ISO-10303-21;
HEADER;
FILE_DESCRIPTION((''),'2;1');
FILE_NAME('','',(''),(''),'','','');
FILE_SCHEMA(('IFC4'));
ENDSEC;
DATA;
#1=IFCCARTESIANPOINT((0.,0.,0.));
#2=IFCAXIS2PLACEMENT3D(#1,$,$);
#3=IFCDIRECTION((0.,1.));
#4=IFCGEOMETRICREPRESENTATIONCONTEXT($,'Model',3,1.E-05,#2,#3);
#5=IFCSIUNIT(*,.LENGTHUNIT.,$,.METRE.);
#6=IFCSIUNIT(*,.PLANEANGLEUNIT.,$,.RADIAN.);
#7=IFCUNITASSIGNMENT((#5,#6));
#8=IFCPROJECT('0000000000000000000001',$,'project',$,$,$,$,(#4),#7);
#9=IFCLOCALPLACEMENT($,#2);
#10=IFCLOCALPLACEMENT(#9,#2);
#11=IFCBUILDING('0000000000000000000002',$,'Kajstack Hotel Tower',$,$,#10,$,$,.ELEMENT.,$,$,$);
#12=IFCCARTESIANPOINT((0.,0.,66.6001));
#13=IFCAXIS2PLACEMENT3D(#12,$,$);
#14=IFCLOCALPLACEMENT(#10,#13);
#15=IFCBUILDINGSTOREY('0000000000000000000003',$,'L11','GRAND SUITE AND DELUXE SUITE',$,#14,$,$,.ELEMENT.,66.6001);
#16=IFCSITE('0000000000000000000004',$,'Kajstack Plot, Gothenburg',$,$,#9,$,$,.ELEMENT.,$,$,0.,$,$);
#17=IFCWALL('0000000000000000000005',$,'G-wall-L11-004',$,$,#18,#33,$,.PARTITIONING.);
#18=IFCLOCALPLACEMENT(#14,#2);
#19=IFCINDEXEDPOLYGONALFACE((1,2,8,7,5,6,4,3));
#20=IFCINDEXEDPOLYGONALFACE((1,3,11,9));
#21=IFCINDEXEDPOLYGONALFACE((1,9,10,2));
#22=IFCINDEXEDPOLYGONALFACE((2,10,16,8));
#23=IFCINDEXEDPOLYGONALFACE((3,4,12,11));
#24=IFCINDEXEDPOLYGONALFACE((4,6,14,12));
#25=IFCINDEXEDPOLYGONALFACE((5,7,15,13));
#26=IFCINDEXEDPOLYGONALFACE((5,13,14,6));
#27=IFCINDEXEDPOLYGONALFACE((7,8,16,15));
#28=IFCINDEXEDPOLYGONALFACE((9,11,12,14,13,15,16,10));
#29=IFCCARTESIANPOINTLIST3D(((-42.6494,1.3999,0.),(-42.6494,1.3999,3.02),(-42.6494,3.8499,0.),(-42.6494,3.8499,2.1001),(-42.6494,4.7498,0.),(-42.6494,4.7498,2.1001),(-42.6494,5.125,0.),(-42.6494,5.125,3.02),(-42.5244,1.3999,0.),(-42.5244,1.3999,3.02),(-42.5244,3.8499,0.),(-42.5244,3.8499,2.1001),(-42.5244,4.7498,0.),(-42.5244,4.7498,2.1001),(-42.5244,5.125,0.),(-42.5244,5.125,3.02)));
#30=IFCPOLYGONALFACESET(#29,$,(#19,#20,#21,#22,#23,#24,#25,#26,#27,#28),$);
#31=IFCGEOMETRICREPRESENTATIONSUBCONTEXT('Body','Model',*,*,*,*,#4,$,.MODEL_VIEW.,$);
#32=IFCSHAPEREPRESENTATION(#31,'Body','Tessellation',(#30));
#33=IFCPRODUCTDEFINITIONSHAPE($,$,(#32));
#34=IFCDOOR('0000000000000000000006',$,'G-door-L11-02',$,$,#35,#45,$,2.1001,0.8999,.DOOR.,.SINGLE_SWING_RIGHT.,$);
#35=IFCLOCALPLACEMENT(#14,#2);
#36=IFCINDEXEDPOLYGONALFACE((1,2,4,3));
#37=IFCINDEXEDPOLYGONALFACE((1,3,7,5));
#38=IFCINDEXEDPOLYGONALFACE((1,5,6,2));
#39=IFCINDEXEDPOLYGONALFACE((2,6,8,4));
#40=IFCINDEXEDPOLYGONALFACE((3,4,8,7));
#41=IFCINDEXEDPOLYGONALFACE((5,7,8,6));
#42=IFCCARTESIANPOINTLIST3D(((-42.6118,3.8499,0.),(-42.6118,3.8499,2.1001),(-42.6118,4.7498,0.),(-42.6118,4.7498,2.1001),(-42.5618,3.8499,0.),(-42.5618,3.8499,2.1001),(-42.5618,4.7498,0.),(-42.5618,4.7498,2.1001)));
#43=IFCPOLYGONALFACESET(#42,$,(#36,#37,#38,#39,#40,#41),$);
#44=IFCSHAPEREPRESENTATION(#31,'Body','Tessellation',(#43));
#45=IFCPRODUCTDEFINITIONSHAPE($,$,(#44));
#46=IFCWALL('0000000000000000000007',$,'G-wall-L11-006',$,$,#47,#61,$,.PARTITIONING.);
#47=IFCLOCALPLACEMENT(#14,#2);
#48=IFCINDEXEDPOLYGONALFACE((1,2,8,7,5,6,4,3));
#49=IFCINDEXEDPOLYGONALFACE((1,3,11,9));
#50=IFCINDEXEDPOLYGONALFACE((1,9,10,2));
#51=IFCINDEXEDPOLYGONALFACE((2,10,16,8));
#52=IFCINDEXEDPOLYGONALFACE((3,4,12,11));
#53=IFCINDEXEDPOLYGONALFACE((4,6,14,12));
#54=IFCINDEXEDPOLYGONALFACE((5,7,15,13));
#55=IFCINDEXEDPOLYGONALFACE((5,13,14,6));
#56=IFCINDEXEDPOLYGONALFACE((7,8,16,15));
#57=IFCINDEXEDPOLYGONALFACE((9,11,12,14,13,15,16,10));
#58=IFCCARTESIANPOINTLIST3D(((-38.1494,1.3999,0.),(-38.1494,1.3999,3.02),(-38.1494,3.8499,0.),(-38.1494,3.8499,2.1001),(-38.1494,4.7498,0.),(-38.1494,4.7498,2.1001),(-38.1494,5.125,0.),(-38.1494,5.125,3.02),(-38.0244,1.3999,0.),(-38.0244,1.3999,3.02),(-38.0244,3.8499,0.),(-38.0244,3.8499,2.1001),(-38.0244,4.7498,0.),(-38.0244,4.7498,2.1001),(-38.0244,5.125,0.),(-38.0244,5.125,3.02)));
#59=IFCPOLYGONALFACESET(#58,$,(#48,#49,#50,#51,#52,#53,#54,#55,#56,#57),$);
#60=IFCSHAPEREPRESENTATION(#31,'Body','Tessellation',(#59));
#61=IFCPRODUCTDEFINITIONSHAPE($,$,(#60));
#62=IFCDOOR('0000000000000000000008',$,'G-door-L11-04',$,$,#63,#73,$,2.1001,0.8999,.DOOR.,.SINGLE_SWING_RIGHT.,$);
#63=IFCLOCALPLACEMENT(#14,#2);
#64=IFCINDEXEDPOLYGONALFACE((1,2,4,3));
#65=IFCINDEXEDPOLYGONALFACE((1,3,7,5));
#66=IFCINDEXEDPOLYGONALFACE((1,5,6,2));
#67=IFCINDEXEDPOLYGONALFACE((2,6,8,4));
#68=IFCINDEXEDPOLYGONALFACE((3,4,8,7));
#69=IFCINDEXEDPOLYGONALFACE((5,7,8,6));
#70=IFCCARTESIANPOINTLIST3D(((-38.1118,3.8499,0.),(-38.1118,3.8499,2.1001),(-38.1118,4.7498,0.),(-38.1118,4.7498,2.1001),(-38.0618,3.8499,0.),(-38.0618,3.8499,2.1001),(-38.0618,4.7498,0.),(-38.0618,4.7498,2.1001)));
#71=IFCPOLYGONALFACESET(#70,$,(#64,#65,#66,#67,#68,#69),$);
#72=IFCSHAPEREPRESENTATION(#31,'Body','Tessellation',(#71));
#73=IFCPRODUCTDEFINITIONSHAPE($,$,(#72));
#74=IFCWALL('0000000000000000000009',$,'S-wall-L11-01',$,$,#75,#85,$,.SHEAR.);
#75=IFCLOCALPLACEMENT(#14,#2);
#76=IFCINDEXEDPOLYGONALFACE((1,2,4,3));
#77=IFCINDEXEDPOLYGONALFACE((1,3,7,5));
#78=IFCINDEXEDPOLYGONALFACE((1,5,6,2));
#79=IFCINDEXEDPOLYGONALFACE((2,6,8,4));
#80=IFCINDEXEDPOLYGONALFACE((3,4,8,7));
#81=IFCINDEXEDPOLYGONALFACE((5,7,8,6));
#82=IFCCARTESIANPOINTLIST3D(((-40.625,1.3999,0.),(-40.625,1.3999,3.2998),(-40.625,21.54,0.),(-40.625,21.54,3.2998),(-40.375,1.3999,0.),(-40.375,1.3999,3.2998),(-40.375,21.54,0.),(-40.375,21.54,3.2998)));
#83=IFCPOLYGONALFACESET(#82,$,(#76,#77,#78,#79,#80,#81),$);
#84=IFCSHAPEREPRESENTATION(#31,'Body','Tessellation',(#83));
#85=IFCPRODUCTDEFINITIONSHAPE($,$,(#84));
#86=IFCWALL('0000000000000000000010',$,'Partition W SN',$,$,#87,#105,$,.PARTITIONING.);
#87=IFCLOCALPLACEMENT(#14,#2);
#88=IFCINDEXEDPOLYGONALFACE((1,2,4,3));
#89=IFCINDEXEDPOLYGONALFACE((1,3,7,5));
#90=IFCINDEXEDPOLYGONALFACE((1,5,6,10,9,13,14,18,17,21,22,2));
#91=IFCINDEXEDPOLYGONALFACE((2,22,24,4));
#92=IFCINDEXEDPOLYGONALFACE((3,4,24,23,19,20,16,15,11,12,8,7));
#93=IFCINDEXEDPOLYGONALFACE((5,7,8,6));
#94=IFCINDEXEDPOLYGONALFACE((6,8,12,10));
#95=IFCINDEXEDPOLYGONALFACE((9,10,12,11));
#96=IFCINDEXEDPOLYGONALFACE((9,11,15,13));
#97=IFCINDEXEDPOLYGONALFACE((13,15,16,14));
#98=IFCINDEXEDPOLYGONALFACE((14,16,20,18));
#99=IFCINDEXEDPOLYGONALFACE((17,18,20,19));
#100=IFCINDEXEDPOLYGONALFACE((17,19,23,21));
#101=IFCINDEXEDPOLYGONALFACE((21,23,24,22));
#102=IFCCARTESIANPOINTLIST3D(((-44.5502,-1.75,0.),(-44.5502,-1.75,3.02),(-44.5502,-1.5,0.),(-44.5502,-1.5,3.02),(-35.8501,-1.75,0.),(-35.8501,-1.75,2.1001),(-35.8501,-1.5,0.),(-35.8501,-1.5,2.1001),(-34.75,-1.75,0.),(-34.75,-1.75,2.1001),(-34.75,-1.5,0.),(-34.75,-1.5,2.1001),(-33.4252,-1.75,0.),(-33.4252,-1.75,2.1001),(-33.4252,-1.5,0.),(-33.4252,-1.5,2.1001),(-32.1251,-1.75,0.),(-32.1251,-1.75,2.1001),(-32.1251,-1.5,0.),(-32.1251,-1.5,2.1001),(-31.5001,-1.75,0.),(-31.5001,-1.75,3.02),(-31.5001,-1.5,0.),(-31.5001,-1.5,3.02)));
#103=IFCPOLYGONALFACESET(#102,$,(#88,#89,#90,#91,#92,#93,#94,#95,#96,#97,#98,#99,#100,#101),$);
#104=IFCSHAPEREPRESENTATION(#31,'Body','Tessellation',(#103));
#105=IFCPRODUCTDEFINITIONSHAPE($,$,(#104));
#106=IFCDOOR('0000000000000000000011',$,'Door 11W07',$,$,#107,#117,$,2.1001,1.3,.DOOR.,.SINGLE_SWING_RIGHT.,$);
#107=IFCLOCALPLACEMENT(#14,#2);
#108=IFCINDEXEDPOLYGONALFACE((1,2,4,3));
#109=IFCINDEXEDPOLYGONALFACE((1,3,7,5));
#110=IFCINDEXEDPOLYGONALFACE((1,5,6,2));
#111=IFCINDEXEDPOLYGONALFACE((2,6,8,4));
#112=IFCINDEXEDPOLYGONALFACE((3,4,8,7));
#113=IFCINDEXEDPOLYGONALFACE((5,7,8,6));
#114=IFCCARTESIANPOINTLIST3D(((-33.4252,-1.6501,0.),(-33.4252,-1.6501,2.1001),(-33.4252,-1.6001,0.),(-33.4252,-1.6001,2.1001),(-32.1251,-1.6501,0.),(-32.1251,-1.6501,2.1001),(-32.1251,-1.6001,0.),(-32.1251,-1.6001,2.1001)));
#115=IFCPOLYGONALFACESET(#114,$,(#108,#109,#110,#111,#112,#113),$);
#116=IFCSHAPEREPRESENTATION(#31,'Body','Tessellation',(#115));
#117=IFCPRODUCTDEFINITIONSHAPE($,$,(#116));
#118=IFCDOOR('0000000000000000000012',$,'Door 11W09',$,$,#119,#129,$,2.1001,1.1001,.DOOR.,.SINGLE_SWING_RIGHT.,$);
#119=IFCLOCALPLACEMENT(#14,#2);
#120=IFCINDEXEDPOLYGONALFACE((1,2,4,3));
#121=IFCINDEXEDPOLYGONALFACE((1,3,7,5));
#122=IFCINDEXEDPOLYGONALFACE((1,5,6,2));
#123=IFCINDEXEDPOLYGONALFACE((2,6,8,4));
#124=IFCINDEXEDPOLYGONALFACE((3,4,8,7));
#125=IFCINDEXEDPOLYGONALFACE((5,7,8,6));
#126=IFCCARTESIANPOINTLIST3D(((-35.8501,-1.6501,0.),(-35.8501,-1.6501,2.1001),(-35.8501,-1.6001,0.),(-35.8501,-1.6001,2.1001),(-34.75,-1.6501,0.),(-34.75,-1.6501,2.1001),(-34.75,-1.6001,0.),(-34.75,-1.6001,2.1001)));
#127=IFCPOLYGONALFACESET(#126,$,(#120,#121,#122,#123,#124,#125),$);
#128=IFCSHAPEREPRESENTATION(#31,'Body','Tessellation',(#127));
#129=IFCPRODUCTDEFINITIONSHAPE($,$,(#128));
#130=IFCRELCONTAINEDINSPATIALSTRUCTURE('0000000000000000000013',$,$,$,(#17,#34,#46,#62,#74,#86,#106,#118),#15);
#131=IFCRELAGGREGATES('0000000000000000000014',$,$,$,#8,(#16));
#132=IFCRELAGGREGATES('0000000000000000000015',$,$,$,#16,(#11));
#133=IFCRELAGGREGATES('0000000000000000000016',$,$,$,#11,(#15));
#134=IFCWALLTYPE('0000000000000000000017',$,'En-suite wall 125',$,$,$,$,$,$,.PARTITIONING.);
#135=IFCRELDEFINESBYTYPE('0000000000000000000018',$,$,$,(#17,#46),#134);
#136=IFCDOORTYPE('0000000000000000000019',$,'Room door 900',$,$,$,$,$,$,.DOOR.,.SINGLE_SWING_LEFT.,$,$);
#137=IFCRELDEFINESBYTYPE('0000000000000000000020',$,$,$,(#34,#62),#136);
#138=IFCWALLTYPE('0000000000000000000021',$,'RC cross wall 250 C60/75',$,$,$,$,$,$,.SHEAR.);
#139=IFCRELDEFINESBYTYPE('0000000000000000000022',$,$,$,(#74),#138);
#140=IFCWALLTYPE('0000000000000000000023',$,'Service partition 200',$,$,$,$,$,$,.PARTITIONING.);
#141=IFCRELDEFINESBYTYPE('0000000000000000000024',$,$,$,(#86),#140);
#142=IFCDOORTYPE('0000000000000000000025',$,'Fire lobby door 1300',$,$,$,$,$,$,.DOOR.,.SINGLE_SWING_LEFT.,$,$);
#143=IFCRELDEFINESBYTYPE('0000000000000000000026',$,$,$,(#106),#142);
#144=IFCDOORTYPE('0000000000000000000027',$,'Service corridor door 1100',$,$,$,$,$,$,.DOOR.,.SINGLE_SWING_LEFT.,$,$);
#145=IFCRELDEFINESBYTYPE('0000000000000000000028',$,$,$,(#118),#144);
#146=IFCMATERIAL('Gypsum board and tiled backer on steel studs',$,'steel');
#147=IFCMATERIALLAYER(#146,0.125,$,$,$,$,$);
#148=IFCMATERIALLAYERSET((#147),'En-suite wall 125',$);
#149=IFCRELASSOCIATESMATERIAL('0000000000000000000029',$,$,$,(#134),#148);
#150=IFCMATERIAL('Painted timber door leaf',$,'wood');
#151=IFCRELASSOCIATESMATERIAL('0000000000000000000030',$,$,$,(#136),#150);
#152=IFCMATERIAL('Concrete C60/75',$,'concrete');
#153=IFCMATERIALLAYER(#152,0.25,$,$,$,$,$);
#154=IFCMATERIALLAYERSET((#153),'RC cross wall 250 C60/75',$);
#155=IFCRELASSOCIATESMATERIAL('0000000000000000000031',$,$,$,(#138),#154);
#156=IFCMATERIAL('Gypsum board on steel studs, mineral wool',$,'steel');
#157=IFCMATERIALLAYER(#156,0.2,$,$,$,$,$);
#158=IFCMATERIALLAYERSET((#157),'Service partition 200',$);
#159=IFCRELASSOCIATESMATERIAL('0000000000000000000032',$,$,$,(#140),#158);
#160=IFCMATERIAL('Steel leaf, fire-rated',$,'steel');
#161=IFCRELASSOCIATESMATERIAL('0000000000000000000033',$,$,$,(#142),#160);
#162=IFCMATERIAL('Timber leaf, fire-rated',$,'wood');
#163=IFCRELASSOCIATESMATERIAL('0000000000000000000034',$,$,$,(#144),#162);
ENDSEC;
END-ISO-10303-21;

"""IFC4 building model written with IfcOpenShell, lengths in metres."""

from ifc_helpers import new_model, si_unit, direction, frame, frame_2d, origin, place, context, subcontext, project, spatial, rectangle, extrude, material, layer, layer_set, type_object, element, fill, save


model = new_model("IFC4")

# Units and contexts
model_context = context("Model", 3, precision=1e-05, world=origin(), true_north=direction((0.0, 1.0)))
body_context = subcontext(model_context, "Body", "Model", "MODEL_VIEW")
ifc_project = project(units=[si_unit("LENGTHUNIT", "METRE"), si_unit("PLANEANGLEUNIT", "RADIAN")], contexts=[model_context])

# Site, building, storey
site_placement = place(None, origin())
site = spatial("IfcSite", under=ifc_project, at=site_placement, Name="Kajstack Plot, Gothenburg", CompositionType="ELEMENT", RefElevation=0.0)
building_placement = place(site_placement, origin())
building = spatial("IfcBuilding", under=site, at=building_placement, Name="Kajstack Hotel Tower", CompositionType="ELEMENT")
storey_placement = place(building_placement, frame((0.0, 0.0, 66.6001)))
storey = spatial("IfcBuildingStorey", under=building, at=storey_placement, Name="L11", Description="GRAND SUITE AND DELUXE SUITE", CompositionType="ELEMENT", Elevation=66.6001)

# Shared definitions
ifc_material_1 = material(Name="Gypsum board on steel studs, mineral wool", Category="steel")

# Walls, openings, doors
ifc_material_2 = material(Name="Gypsum board and tiled backer on steel studs", Category="steel")
ifc_layer_1 = layer(ifc_material_2, 0.125)
ifc_layer_set_1 = layer_set([ifc_layer_1], Name="En-suite wall 125")
wall_type_1 = type_object("IfcWallType", Name="En-suite wall 125", PredefinedType="PARTITIONING", material=ifc_layer_set_1)
wall_1_placement = place(storey_placement, frame((-42.5869, 1.3999, 0.0), z_axis=(0.0, 0.0, 1.0), x_axis=(0.0, 1.0, 0.0)))
wall_1 = element("IfcWall", 1, at=wall_1_placement, inside=storey, type_object=wall_type_1, Name="G-wall-L11-004", PredefinedType="PARTITIONING", context=body_context, shape_type="SweptSolid", body=[
    extrude(rectangle(XDim=3.7251, YDim=0.125, at=frame_2d((1.8625, 0.0))), origin(), (0.0, 0.0, 1.0), 3.02),
])
opening_1_placement = place(wall_1_placement, frame((2.45, 0.0, 0.0)))
opening_1 = element("IfcOpeningElement", 2, at=opening_1_placement, cuts=wall_1, PredefinedType="OPENING", context=body_context, shape_type="SweptSolid", body=[
    extrude(rectangle(XDim=0.8999, YDim=2.1001, at=frame_2d((0.45, 1.05))), frame((0.0, 0.0725, 0.0), z_axis=(0.0, -1.0, 0.0), x_axis=(1.0, 0.0, 0.0)), (0.0, 0.0, 1.0), 0.145),
])
ifc_material_3 = material(Name="Painted timber door leaf", Category="wood")
door_type_1 = type_object("IfcDoorType", Name="Room door 900", OperationType="SINGLE_SWING_LEFT", PredefinedType="DOOR", material=ifc_material_3)
door_1_placement = place(opening_1_placement, origin())
door_1 = element("IfcDoor", 3, at=door_1_placement, inside=storey, type_object=door_type_1, Name="G-door-L11-02", OperationType="SINGLE_SWING_RIGHT", OverallHeight=2.1001, OverallWidth=0.8999, PredefinedType="DOOR", context=body_context, shape_type="SweptSolid", body=[
    extrude(rectangle(XDim=0.8999, YDim=2.1001, at=frame_2d((0.45, 1.05))), frame((0.0, 0.0249, 0.0), z_axis=(0.0, -1.0, 0.0), x_axis=(1.0, 0.0, 0.0)), (0.0, 0.0, 1.0), 0.05),
])
fill(opening_1, door_1)
wall_2_placement = place(storey_placement, frame((-38.0869, 1.3999, 0.0), z_axis=(0.0, 0.0, 1.0), x_axis=(0.0, 1.0, 0.0)))
wall_2 = element("IfcWall", 4, at=wall_2_placement, inside=storey, type_object=wall_type_1, Name="G-wall-L11-006", PredefinedType="PARTITIONING", context=body_context, shape_type="SweptSolid", body=[
    extrude(rectangle(XDim=3.7251, YDim=0.125, at=frame_2d((1.8625, 0.0))), origin(), (0.0, 0.0, 1.0), 3.02),
])
opening_2_placement = place(wall_2_placement, frame((2.45, 0.0, 0.0)))
opening_2 = element("IfcOpeningElement", 5, at=opening_2_placement, cuts=wall_2, PredefinedType="OPENING", context=body_context, shape_type="SweptSolid", body=[
    extrude(rectangle(XDim=0.8999, YDim=2.1001, at=frame_2d((0.45, 1.05))), frame((0.0, 0.0725, 0.0), z_axis=(0.0, -1.0, 0.0), x_axis=(1.0, 0.0, 0.0)), (0.0, 0.0, 1.0), 0.145),
])
door_2_placement = place(opening_2_placement, origin())
door_2 = element("IfcDoor", 6, at=door_2_placement, inside=storey, type_object=door_type_1, Name="G-door-L11-04", OperationType="SINGLE_SWING_RIGHT", OverallHeight=2.1001, OverallWidth=0.8999, PredefinedType="DOOR", context=body_context, shape_type="SweptSolid", body=[
    extrude(rectangle(XDim=0.8999, YDim=2.1001, at=frame_2d((0.45, 1.05))), frame((0.0, 0.0249, 0.0), z_axis=(0.0, -1.0, 0.0), x_axis=(1.0, 0.0, 0.0)), (0.0, 0.0, 1.0), 0.05),
])
fill(opening_2, door_2)

# Wall
ifc_material_4 = material(Name="Concrete C60/75", Category="concrete")
ifc_layer_2 = layer(ifc_material_4, 0.25)
ifc_layer_set_2 = layer_set([ifc_layer_2], Name="RC cross wall 250 C60/75")
wall_type_2 = type_object("IfcWallType", Name="RC cross wall 250 C60/75", PredefinedType="SHEAR", material=ifc_layer_set_2)
wall_3_placement = place(storey_placement, frame((-40.5, 1.3999, 0.0), z_axis=(0.0, 0.0, 1.0), x_axis=(0.0, 1.0, 0.0)))
element("IfcWall", 7, at=wall_3_placement, inside=storey, type_object=wall_type_2, Name="S-wall-L11-01", PredefinedType="SHEAR", context=body_context, shape_type="SweptSolid", body=[
    extrude(rectangle(XDim=20.1401, YDim=0.25, at=frame_2d((10.0701, 0.0))), origin(), (0.0, 0.0, 1.0), 3.2998),
])

# Wall, openings, doors
ifc_layer_3 = layer(ifc_material_1, 0.2)
ifc_layer_set_3 = layer_set([ifc_layer_3], Name="Service partition 200")
wall_type_3 = type_object("IfcWallType", Name="Service partition 200", PredefinedType="PARTITIONING", material=ifc_layer_set_3)
wall_4_placement = place(storey_placement, frame((-44.55, -1.625, 0.0), z_axis=(0.0, 0.0, 1.0), x_axis=(1.0, 0.0, 0.0)))
wall_4 = element("IfcWall", 8, at=wall_4_placement, inside=storey, type_object=wall_type_3, Name="Partition W SN", PredefinedType="PARTITIONING", context=body_context, shape_type="SweptSolid", body=[
    extrude(rectangle(XDim=13.05, YDim=0.25, at=frame_2d((6.5249, 0.0))), origin(), (0.0, 0.0, 1.0), 3.02),
])
opening_3_placement = place(wall_4_placement, frame((11.125, 0.0, 0.0)))
opening_3 = element("IfcOpeningElement", 9, at=opening_3_placement, cuts=wall_4, PredefinedType="OPENING", context=body_context, shape_type="SweptSolid", body=[
    extrude(rectangle(XDim=1.3, YDim=2.1001, at=frame_2d((0.6499, 1.05))), frame((0.0, 0.135, 0.0), z_axis=(0.0, -1.0, 0.0), x_axis=(1.0, 0.0, 0.0)), (0.0, 0.0, 1.0), 0.27),
])
opening_4_placement = place(wall_4_placement, frame((8.7, 0.0, 0.0)))
opening_4 = element("IfcOpeningElement", 10, at=opening_4_placement, cuts=wall_4, PredefinedType="OPENING", context=body_context, shape_type="SweptSolid", body=[
    extrude(rectangle(XDim=1.1001, YDim=2.1001, at=frame_2d((0.55, 1.05))), frame((0.0, 0.135, 0.0), z_axis=(0.0, -1.0, 0.0), x_axis=(1.0, 0.0, 0.0)), (0.0, 0.0, 1.0), 0.27),
])
ifc_material_5 = material(Name="Steel leaf, fire-rated", Category="steel")
door_type_2 = type_object("IfcDoorType", Name="Fire lobby door 1300", OperationType="SINGLE_SWING_LEFT", PredefinedType="DOOR", material=ifc_material_5)
door_3_placement = place(opening_3_placement, origin())
door_3 = element("IfcDoor", 11, at=door_3_placement, inside=storey, type_object=door_type_2, Name="Door 11W07", OperationType="SINGLE_SWING_RIGHT", OverallHeight=2.1001, OverallWidth=1.3, PredefinedType="DOOR", context=body_context, shape_type="SweptSolid", body=[
    extrude(rectangle(XDim=1.3, YDim=2.1001, at=frame_2d((0.6499, 1.05))), frame((0.0, 0.0249, 0.0), z_axis=(0.0, -1.0, 0.0), x_axis=(1.0, 0.0, 0.0)), (0.0, 0.0, 1.0), 0.05),
])
fill(opening_3, door_3)
ifc_material_6 = material(Name="Timber leaf, fire-rated", Category="wood")
door_type_3 = type_object("IfcDoorType", Name="Service corridor door 1100", OperationType="SINGLE_SWING_LEFT", PredefinedType="DOOR", material=ifc_material_6)
door_4_placement = place(opening_4_placement, origin())
door_4 = element("IfcDoor", 12, at=door_4_placement, inside=storey, type_object=door_type_3, Name="Door 11W09", OperationType="SINGLE_SWING_RIGHT", OverallHeight=2.1001, OverallWidth=1.1001, PredefinedType="DOOR", context=body_context, shape_type="SweptSolid", body=[
    extrude(rectangle(XDim=1.1001, YDim=2.1001, at=frame_2d((0.55, 1.05))), frame((0.0, 0.0249, 0.0), z_axis=(0.0, -1.0, 0.0), x_axis=(1.0, 0.0, 0.0)), (0.0, 0.0, 1.0), 0.05),
])
fill(opening_4, door_4)

save(model, "model.ifc")
